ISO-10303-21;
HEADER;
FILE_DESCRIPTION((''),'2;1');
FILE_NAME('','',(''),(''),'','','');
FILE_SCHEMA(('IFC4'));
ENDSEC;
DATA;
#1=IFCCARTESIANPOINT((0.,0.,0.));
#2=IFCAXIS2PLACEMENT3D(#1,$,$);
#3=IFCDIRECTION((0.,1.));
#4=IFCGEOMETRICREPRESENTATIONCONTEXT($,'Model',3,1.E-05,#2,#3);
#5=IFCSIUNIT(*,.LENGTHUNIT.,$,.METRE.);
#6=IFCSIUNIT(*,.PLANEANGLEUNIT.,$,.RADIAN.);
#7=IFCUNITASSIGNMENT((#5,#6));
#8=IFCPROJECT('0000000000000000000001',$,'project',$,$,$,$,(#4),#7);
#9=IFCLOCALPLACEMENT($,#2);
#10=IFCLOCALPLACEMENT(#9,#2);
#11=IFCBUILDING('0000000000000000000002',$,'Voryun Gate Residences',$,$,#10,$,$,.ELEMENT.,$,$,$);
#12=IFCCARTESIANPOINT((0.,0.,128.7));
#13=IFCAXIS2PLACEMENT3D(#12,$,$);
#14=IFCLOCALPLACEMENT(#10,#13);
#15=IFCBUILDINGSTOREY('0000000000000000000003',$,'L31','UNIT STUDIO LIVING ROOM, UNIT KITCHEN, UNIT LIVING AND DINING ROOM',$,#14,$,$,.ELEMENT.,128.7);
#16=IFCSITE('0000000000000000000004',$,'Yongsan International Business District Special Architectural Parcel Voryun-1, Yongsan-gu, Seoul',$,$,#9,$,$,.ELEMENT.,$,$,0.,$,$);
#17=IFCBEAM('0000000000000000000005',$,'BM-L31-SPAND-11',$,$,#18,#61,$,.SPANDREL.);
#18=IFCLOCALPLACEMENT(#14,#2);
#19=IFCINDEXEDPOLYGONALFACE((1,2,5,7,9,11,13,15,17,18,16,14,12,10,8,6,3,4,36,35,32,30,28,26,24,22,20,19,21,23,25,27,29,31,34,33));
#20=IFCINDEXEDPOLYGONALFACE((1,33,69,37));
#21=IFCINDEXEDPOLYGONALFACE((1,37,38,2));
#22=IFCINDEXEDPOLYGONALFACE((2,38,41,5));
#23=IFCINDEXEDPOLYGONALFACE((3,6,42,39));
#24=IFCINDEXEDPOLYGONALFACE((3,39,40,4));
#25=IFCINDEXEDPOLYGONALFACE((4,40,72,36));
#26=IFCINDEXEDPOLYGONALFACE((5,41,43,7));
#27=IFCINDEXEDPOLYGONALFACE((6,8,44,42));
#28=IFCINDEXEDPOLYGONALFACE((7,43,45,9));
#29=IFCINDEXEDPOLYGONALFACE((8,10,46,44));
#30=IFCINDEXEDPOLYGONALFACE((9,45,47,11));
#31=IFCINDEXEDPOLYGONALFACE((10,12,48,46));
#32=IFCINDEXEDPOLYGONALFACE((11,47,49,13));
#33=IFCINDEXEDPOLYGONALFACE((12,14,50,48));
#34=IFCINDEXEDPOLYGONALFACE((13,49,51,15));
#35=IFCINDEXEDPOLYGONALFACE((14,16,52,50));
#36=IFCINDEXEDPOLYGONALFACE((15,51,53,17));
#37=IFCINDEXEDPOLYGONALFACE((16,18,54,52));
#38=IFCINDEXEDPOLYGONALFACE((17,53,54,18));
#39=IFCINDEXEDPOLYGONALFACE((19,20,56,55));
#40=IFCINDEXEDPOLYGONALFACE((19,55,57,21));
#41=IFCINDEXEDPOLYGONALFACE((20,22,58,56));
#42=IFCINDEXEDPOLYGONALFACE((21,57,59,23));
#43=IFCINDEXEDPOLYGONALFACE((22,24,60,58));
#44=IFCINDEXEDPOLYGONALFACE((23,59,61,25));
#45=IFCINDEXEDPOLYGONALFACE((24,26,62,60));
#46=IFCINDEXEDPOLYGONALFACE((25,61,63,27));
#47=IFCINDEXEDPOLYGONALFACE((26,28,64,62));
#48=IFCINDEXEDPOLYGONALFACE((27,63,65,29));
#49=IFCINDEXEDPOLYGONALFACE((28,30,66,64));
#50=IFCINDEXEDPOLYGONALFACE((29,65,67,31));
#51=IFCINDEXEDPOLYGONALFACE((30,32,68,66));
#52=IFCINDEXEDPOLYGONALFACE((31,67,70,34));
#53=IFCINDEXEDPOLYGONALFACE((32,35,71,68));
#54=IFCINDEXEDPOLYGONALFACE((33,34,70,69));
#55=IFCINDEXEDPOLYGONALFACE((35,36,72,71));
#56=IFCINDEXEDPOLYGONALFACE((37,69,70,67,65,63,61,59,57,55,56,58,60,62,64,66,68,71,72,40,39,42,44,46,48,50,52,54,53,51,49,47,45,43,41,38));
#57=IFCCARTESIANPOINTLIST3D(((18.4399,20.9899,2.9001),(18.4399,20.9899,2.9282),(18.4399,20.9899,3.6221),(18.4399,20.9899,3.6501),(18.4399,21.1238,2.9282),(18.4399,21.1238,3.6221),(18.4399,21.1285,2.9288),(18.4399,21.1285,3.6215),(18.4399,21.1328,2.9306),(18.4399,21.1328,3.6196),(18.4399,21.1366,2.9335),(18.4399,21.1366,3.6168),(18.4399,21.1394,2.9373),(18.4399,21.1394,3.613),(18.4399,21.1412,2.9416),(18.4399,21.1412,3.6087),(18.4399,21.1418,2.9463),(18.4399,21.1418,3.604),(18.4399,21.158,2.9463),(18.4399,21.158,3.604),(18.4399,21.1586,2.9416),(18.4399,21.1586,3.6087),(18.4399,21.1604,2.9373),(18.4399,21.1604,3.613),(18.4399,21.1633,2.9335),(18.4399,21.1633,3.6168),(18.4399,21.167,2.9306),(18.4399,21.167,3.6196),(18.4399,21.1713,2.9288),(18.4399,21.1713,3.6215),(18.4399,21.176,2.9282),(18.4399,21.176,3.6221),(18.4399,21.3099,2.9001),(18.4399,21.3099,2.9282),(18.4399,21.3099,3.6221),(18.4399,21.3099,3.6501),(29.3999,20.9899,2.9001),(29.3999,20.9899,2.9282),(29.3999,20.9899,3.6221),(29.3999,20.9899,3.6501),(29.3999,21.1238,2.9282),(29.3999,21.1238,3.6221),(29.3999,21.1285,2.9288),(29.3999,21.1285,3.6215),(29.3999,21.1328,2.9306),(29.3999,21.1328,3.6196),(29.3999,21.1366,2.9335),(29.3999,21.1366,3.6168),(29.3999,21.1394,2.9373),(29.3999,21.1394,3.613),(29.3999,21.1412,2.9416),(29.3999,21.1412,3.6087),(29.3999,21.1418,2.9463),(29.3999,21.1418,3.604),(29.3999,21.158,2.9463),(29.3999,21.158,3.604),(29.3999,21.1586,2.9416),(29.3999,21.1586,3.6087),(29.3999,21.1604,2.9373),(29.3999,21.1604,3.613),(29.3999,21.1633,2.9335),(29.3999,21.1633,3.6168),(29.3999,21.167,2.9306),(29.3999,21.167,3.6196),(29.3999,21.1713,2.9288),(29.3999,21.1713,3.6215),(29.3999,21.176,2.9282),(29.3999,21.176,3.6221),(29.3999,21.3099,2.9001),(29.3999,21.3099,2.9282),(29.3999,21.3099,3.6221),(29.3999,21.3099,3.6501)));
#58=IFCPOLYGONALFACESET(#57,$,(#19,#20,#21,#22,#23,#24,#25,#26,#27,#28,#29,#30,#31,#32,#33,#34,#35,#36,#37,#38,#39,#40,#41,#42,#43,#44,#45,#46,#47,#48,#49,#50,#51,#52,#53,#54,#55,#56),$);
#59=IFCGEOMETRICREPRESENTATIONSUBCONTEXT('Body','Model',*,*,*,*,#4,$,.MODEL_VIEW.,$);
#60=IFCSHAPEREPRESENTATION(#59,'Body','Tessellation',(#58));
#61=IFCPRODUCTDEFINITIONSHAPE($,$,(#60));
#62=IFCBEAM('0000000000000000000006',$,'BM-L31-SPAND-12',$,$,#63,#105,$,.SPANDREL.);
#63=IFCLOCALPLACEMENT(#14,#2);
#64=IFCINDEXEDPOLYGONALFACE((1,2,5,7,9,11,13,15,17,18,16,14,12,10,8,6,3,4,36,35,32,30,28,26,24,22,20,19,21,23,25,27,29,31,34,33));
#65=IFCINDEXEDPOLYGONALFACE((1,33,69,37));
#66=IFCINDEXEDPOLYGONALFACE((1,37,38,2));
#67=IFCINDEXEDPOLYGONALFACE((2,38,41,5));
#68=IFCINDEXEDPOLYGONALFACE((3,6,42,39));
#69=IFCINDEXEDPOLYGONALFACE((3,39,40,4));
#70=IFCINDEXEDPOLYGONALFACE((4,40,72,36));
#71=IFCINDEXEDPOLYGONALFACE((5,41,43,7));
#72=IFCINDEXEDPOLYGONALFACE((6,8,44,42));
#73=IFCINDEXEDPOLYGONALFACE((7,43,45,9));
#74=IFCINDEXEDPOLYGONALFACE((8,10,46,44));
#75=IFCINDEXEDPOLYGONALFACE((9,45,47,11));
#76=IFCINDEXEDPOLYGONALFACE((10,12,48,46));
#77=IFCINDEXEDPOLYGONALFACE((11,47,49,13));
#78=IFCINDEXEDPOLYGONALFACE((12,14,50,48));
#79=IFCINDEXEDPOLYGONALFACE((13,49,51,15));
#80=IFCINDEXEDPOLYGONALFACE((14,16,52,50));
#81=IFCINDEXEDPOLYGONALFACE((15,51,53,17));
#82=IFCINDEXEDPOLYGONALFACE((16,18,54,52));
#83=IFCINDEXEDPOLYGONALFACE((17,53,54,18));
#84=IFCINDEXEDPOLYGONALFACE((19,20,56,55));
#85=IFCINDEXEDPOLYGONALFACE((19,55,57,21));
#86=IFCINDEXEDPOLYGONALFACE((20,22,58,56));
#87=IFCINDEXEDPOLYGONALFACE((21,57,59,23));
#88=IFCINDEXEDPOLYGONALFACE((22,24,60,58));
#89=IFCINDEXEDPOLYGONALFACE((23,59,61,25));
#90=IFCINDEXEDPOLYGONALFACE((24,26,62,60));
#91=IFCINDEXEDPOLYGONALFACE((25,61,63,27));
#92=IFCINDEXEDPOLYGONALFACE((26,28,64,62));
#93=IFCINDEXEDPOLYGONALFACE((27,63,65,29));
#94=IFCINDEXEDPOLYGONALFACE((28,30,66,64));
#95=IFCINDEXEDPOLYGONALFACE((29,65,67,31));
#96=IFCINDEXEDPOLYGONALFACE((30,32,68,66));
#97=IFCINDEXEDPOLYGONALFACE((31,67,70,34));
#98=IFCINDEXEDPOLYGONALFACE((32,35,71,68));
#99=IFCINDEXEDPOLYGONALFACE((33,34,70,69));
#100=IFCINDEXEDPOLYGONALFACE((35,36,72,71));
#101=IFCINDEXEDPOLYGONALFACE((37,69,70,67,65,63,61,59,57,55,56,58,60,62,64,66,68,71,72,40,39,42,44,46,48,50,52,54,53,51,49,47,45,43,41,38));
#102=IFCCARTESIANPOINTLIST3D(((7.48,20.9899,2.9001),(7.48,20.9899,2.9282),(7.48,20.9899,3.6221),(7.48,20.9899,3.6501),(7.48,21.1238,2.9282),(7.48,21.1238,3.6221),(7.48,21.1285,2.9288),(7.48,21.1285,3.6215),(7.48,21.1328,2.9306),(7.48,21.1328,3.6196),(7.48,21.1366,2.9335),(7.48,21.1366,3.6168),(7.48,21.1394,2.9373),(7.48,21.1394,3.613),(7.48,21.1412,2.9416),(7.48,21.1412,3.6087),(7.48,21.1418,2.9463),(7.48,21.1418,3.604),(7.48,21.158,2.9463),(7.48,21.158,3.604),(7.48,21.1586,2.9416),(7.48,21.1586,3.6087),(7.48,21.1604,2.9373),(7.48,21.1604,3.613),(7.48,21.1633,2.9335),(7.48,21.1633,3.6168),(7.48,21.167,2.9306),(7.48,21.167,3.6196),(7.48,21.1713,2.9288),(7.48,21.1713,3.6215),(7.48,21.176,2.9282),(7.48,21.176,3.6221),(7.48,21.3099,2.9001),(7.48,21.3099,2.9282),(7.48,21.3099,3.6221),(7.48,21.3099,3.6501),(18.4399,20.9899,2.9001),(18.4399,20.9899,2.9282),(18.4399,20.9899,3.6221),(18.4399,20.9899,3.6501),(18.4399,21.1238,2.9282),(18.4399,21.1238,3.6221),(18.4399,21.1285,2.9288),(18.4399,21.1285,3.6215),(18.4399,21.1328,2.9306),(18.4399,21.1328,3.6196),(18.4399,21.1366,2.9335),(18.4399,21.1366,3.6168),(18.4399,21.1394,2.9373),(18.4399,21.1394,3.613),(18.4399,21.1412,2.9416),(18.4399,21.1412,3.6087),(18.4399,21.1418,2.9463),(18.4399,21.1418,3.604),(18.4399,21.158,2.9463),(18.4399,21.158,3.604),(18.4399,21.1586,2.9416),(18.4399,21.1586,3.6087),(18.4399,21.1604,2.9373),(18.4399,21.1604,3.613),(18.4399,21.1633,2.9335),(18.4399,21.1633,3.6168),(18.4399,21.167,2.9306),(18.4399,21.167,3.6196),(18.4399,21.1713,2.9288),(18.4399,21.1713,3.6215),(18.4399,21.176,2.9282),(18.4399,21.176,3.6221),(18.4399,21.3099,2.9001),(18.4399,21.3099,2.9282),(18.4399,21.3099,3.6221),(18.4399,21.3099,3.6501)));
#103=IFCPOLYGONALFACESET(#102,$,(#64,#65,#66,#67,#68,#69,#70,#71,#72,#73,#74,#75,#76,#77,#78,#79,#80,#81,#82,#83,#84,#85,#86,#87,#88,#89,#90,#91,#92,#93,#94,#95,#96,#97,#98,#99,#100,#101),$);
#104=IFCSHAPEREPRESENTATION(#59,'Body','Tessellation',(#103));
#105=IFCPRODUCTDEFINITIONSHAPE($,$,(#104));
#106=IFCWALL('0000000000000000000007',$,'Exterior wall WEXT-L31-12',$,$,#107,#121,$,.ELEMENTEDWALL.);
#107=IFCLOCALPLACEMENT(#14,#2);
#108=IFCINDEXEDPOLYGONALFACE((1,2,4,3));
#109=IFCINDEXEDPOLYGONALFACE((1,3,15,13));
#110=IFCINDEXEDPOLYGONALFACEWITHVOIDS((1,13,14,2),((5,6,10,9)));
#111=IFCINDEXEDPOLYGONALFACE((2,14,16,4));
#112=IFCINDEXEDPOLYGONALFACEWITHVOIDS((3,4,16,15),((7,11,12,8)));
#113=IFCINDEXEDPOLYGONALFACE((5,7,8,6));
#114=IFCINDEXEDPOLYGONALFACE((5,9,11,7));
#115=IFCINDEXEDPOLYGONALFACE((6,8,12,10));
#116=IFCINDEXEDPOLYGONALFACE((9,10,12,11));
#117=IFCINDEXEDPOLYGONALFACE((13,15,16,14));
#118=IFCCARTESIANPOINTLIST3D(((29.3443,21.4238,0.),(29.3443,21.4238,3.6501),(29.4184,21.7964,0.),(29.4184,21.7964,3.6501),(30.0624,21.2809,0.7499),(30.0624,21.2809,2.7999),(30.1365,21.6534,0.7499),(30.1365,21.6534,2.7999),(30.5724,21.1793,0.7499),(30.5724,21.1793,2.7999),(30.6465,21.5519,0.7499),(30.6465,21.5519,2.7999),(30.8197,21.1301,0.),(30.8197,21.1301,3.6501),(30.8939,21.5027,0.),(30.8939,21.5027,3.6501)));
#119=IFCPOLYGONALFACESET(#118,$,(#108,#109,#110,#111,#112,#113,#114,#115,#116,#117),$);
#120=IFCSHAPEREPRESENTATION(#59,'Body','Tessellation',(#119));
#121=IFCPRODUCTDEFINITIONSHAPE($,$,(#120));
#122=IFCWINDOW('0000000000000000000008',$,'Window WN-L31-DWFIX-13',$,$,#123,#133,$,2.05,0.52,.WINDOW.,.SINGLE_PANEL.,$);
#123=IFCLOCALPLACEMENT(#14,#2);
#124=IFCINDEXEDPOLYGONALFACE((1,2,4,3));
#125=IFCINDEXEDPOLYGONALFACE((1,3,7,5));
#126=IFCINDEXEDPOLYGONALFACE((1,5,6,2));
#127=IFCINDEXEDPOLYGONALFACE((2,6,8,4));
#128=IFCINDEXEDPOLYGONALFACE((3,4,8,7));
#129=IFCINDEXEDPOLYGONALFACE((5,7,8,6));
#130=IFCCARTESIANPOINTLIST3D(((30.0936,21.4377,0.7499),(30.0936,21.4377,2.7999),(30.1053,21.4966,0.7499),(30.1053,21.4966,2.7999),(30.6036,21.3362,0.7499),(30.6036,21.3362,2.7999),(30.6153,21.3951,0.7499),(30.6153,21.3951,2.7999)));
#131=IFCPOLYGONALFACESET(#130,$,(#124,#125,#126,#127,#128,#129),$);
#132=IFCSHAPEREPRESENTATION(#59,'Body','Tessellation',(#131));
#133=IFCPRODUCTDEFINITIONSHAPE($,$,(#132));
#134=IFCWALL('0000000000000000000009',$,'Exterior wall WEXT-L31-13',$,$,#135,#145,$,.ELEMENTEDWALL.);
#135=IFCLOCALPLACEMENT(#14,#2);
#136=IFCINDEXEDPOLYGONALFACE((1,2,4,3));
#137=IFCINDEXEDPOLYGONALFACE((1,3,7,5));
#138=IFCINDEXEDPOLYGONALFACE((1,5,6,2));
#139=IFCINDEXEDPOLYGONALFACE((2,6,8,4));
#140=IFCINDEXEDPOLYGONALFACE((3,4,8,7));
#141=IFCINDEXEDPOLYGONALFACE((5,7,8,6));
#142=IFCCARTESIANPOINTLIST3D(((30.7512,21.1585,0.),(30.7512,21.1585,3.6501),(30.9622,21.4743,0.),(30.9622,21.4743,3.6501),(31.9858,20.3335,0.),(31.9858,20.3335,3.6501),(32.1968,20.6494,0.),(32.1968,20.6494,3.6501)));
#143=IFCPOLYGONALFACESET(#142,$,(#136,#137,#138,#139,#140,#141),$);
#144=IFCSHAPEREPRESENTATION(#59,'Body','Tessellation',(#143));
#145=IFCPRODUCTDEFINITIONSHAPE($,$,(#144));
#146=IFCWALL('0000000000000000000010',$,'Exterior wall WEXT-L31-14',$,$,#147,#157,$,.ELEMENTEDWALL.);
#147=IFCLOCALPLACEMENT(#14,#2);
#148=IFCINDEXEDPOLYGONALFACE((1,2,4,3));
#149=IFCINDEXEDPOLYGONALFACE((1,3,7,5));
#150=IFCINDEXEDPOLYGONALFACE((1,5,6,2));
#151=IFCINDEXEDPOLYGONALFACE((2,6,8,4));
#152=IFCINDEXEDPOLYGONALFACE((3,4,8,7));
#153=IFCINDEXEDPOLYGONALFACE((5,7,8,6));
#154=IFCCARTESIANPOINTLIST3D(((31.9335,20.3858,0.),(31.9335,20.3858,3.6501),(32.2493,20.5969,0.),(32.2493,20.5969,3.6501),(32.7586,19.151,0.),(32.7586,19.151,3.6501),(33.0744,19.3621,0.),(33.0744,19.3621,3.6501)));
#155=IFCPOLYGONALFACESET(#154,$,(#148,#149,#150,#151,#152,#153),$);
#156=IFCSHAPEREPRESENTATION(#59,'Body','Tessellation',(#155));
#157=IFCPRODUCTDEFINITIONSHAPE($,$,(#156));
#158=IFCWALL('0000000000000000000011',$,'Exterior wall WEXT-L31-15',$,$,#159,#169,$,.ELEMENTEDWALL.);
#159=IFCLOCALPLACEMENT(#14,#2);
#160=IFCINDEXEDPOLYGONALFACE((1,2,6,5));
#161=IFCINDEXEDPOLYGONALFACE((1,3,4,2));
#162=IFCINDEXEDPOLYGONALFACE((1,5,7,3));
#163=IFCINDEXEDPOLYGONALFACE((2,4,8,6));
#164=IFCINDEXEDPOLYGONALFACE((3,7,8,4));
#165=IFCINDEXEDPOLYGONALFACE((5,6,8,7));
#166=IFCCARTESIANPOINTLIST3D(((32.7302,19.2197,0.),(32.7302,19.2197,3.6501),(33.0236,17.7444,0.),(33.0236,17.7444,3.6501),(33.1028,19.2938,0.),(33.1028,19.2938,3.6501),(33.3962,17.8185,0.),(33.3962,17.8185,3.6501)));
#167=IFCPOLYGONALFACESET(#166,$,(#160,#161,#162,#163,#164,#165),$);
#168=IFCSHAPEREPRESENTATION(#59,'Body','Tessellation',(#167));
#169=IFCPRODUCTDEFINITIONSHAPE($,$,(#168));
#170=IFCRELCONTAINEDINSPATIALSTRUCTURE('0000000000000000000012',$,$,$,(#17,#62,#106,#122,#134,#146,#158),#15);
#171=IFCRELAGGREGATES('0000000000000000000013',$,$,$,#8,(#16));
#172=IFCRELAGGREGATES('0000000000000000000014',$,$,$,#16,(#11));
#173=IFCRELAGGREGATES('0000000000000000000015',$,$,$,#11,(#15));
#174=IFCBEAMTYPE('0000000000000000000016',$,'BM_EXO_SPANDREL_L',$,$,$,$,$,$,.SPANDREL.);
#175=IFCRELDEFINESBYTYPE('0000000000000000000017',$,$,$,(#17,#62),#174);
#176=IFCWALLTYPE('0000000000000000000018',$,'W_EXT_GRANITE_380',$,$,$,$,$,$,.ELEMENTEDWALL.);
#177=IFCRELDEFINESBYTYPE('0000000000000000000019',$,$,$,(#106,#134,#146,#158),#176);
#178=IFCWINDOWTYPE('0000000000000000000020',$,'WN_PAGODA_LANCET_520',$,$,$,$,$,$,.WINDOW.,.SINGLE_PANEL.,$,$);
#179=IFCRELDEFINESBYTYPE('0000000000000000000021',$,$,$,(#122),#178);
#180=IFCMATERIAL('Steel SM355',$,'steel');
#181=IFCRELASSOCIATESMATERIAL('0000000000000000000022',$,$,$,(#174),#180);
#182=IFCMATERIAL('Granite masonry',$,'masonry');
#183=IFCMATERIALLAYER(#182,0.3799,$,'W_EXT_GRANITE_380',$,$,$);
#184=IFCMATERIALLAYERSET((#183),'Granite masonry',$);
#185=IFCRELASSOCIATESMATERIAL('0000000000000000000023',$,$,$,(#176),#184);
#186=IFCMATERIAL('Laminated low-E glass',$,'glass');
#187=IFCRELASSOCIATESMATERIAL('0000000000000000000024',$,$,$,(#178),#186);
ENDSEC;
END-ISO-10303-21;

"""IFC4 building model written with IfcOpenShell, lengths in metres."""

from ifc_helpers import new_model, si_unit, direction, frame, frame_2d, origin, origin_2d, place, context, subcontext, project, spatial, rectangle, i_section, extrude, material, layer, layer_set, material_profile, profile_set, type_object, element, fill, save


model = new_model("IFC4")

# Units and contexts
model_context = context("Model", 3, precision=1e-05, world=origin(), true_north=direction((0.0, 1.0)))
body_context = subcontext(model_context, "Body", "Model", "MODEL_VIEW")
ifc_project = project(units=[si_unit("LENGTHUNIT", "METRE"), si_unit("PLANEANGLEUNIT", "RADIAN")], contexts=[model_context])

# Site, building, storey
site_placement = place(None, origin())
site = spatial("IfcSite", under=ifc_project, at=site_placement, Name="Yongsan International Business District Special Architectural Parcel Voryun-1, Yongsan-gu, Seoul", CompositionType="ELEMENT", RefElevation=0.0)
building_placement = place(site_placement, origin())
building = spatial("IfcBuilding", under=site, at=building_placement, Name="Voryun Gate Residences", CompositionType="ELEMENT")
storey_placement = place(building_placement, frame((0.0, 0.0, 128.7)))
storey = spatial("IfcBuildingStorey", under=building, at=storey_placement, Name="L31", Description="UNIT STUDIO LIVING ROOM, UNIT KITCHEN, UNIT LIVING AND DINING ROOM", CompositionType="ELEMENT", Elevation=128.7)

# Beams
ifc_material_1 = material(Name="Steel SM355", Category="steel")
ifc_material_profile_1 = material_profile(ifc_material_1, i_section(OverallWidth=0.3201, OverallDepth=0.75, WebThickness=0.0161, FlangeThickness=0.0281, FilletRadius=0.0181, at=origin_2d()), Name="H-750x320x16x28")
ifc_profile_set_1 = profile_set([ifc_material_profile_1], Name="Steel SM355")
beam_type = type_object("IfcBeamType", Name="BM_EXO_SPANDREL_L", PredefinedType="SPANDREL", material=ifc_profile_set_1)
for number, where, z_axis, x_axis, name in (
    (1, (29.3999, 21.1499, 3.2751), (-1.0, 0.0, 0.0), (0.0, -1.0, 0.0), "BM-L31-SPAND-11"),
    (2, (18.4399, 21.1499, 3.2751), (-1.0, 0.0, 0.0), (0.0, -1.0, 0.0), "BM-L31-SPAND-12"),
):
    element("IfcBeam", number, at=place(storey_placement, frame(where, z_axis=z_axis, x_axis=x_axis)), inside=storey, type_object=beam_type, Name=name, PredefinedType="SPANDREL", context=body_context, shape_type="SweptSolid", body=[
        extrude(i_section(OverallWidth=0.3201, OverallDepth=0.75, WebThickness=0.0161, FlangeThickness=0.0281, FilletRadius=0.0181, at=origin_2d()), origin(), (0.0, 0.0, 1.0), 10.96),
    ])

# Wall, opening, window
ifc_material_2 = material(Name="Granite masonry", Category="masonry")
ifc_layer_1 = layer(ifc_material_2, 0.3799, Name="W_EXT_GRANITE_380")
ifc_layer_set_1 = layer_set([ifc_layer_1], Name="Granite masonry")
wall_type_1 = type_object("IfcWallType", Name="W_EXT_GRANITE_380", PredefinedType="ELEMENTEDWALL", material=ifc_layer_set_1)
wall_1_placement = place(storey_placement, frame((29.3813, 21.6101, 0.0), z_axis=(0.0, 0.0, 1.0), x_axis=(0.980755, -0.195242, 0.0)))
wall_1 = element("IfcWall", 3, at=wall_1_placement, inside=storey, type_object=wall_type_1, Name="Exterior wall WEXT-L31-12", PredefinedType="ELEMENTEDWALL", context=body_context, shape_type="SweptSolid", body=[
    extrude(rectangle(XDim=1.5044, YDim=0.3799, at=frame_2d((0.7522, 0.0))), origin(), (0.0, 0.0, 1.0), 3.6501),
])
opening_1_placement = place(wall_1_placement, frame((0.7322, 0.0, 0.75)))
opening_1 = element("IfcOpeningElement", 4, at=opening_1_placement, cuts=wall_1, PredefinedType="OPENING", context=body_context, shape_type="SweptSolid", body=[
    extrude(rectangle(XDim=0.52, YDim=2.05, at=frame_2d((0.26, 1.0249))), frame((0.0, 0.2, 0.0), z_axis=(0.0, -1.0, 0.0), x_axis=(1.0, 0.0, 0.0)), (0.0, 0.0, 1.0), 0.3999),
])
ifc_material_3 = material(Name="Laminated low-E glass", Category="glass")
window_type_1 = type_object("IfcWindowType", Name="WN_PAGODA_LANCET_520", PartitioningType="SINGLE_PANEL", PredefinedType="WINDOW", material=ifc_material_3)
window_1_placement = place(opening_1_placement, origin())
window_1 = element("IfcWindow", 5, at=window_1_placement, inside=storey, type_object=window_type_1, Name="Window WN-L31-DWFIX-13", OverallHeight=2.05, OverallWidth=0.52, PartitioningType="SINGLE_PANEL", PredefinedType="WINDOW", context=body_context, shape_type="SweptSolid", body=[
    extrude(rectangle(XDim=0.52, YDim=2.05, at=frame_2d((0.26, 1.0249))), frame((0.0, 0.03, 0.0), z_axis=(0.0, -1.0, 0.0), x_axis=(1.0, 0.0, 0.0)), (0.0, 0.0, 1.0), 0.0601),
])
fill(opening_1, window_1)

# Walls
wall_2_placement = place(storey_placement, frame((30.8567, 21.3164, 0.0), z_axis=(0.0, 0.0, 1.0), x_axis=(0.831468, -0.555573, 0.0)))
element("IfcWall", 6, at=wall_2_placement, inside=storey, type_object=wall_type_1, Name="Exterior wall WEXT-L31-13", PredefinedType="ELEMENTEDWALL", context=body_context, shape_type="SweptSolid", body=[
    extrude(rectangle(XDim=1.4849, YDim=0.3799, at=frame_2d((0.7424, 0.0))), origin(), (0.0, 0.0, 1.0), 3.6501),
])
wall_3_placement = place(storey_placement, frame((32.0913, 20.4915, 0.0), z_axis=(0.0, 0.0, 1.0), x_axis=(0.55561, -0.831443, 0.0)))
element("IfcWall", 7, at=wall_3_placement, inside=storey, type_object=wall_type_1, Name="Exterior wall WEXT-L31-14", PredefinedType="ELEMENTEDWALL", context=body_context, shape_type="SweptSolid", body=[
    extrude(rectangle(XDim=1.4851, YDim=0.3799, at=frame_2d((0.7427, 0.0))), origin(), (0.0, 0.0, 1.0), 3.6501),
])
wall_4_placement = place(storey_placement, frame((32.9165, 19.2566, 0.0), z_axis=(0.0, 0.0, 1.0), x_axis=(0.195086, -0.980786, 0.0)))
element("IfcWall", 8, at=wall_4_placement, inside=storey, type_object=wall_type_1, Name="Exterior wall WEXT-L31-15", PredefinedType="ELEMENTEDWALL", context=body_context, shape_type="SweptSolid", body=[
    extrude(rectangle(XDim=1.5042, YDim=0.3799, at=frame_2d((0.752, 0.0))), origin(), (0.0, 0.0, 1.0), 3.6501),
])

save(model, "model.ifc")
